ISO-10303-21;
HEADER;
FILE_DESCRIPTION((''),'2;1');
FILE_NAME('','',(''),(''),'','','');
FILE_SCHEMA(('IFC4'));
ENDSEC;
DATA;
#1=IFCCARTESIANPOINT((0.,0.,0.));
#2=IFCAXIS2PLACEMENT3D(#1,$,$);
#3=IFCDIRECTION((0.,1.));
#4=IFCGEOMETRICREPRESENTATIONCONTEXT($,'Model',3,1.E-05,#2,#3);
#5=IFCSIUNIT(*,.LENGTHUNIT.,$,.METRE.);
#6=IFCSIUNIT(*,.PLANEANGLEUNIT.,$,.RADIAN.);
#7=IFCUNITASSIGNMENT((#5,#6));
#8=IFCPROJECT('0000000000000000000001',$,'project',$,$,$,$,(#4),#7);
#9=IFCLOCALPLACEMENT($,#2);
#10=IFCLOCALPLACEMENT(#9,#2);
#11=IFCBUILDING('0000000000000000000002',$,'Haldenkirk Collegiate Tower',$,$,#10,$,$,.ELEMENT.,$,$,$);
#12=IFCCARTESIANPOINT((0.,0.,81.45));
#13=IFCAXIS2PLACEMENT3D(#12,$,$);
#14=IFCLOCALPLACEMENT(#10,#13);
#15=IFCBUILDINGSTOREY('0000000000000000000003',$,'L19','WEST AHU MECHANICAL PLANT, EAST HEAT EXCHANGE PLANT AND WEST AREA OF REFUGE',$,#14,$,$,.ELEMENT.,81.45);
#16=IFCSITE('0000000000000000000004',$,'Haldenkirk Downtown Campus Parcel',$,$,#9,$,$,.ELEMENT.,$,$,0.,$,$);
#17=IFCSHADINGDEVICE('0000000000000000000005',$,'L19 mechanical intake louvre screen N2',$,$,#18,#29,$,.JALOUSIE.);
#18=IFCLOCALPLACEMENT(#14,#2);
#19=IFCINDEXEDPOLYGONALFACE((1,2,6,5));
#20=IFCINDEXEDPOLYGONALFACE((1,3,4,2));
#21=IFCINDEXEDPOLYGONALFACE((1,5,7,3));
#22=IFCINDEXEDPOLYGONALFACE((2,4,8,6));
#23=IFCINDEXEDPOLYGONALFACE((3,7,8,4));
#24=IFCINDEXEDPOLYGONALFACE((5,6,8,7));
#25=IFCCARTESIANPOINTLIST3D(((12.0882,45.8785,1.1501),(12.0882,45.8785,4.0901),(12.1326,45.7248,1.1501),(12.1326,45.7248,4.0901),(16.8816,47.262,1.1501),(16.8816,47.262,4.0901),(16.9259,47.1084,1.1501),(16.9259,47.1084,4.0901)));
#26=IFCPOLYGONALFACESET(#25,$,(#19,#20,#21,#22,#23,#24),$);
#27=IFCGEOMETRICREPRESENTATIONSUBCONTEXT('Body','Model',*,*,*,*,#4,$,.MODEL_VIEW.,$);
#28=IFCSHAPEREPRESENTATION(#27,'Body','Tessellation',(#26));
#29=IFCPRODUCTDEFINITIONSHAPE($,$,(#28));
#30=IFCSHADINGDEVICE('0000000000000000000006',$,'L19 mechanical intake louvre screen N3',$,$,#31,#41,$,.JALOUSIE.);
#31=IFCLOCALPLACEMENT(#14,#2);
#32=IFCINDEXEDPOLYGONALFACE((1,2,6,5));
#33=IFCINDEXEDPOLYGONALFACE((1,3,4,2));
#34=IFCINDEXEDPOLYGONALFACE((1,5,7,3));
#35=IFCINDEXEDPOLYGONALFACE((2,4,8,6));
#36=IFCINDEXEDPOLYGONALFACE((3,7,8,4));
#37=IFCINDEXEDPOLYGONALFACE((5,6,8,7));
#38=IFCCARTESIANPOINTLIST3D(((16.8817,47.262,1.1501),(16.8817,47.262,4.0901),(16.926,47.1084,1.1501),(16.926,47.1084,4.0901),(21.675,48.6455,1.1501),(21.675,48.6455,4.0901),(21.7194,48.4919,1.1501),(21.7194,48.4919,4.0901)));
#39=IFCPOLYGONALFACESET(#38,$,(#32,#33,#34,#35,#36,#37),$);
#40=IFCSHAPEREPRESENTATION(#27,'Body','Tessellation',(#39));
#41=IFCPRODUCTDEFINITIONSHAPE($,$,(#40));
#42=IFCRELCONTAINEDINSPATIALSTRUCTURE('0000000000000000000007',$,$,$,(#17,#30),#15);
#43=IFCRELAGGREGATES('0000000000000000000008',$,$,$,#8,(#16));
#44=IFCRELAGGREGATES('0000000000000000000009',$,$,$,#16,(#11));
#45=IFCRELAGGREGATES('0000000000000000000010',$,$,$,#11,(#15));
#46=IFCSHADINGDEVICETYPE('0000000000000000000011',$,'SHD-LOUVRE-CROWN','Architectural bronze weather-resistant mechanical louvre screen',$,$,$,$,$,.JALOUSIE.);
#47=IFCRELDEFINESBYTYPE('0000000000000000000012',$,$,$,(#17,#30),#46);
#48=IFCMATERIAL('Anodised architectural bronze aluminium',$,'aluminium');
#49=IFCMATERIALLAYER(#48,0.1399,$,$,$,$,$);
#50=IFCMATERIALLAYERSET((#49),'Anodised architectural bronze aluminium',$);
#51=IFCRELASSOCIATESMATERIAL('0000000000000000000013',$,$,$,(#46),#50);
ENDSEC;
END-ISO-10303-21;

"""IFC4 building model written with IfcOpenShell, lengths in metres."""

from ifc_helpers import new_model, si_unit, direction, frame, origin, origin_2d, place, context, subcontext, project, spatial, rectangle, extrude, source, transform, mapped, material, layer, layer_set, type_object, element, save


model = new_model("IFC4")

# Units and contexts
model_context = context("Model", 3, precision=1e-05, world=origin(), true_north=direction((0.0, 1.0)))
body_context = subcontext(model_context, "Body", "Model", "MODEL_VIEW")
ifc_project = project(units=[si_unit("LENGTHUNIT", "METRE"), si_unit("PLANEANGLEUNIT", "RADIAN")], contexts=[model_context])

# Site, building, storey
site_placement = place(None, origin())
site = spatial("IfcSite", under=ifc_project, at=site_placement, Name="Haldenkirk Downtown Campus Parcel", CompositionType="ELEMENT", RefElevation=0.0)
building_placement = place(site_placement, origin())
building = spatial("IfcBuilding", under=site, at=building_placement, Name="Haldenkirk Collegiate Tower", CompositionType="ELEMENT")
storey_placement = place(building_placement, frame((0.0, 0.0, 81.45)))
storey = spatial("IfcBuildingStorey", under=building, at=storey_placement, Name="L19", Description="WEST AHU MECHANICAL PLANT, EAST HEAT EXCHANGE PLANT AND WEST AREA OF REFUGE", CompositionType="ELEMENT", Elevation=81.45)

# Shading devices
ifc_material_1 = material(Name="Anodised architectural bronze aluminium", Category="aluminium")
ifc_layer_1 = layer(ifc_material_1, 0.1399)
ifc_layer_set_1 = layer_set([ifc_layer_1], Name="Anodised architectural bronze aluminium")
shading_device_type = type_object("IfcShadingDeviceType", Name="SHD-LOUVRE-CROWN", Description="Architectural bronze weather-resistant mechanical louvre screen", PredefinedType="JALOUSIE", material=ifc_layer_set_1)
shared_shape_1 = source(origin(), body_context, "Body", "SweptSolid", [
    extrude(rectangle(XDim=4.989, YDim=0.1599, at=origin_2d()), origin(), (0.0, 0.0, 1.0), 2.9399),
])
for number, where, z_axis, x_axis, name in (
    (1, (14.5071, 46.4934, 1.1501), (0.0, 0.0, 1.0), (0.960779, 0.277315, 0.0), "L19 mechanical intake louvre screen N2"),
    (2, (19.3005, 47.877, 1.1501), (0.0, 0.0, 1.0), (0.960779, 0.277315, 0.0), "L19 mechanical intake louvre screen N3"),
):
    element("IfcShadingDevice", number, at=place(storey_placement, frame(where, z_axis=z_axis, x_axis=x_axis)), inside=storey, type_object=shading_device_type, Name=name, PredefinedType="JALOUSIE", context=body_context, shape_type="MappedRepresentation", body=[
        mapped(shared_shape_1, transform((0.0, 0.0, 0.0), x_axis=(1.0, 0.0, 0.0), y_axis=(0.0, 1.0, 0.0), z_axis=(0.0, 0.0, 1.0), scale=1.0)),
    ])

save(model, "model.ifc")
